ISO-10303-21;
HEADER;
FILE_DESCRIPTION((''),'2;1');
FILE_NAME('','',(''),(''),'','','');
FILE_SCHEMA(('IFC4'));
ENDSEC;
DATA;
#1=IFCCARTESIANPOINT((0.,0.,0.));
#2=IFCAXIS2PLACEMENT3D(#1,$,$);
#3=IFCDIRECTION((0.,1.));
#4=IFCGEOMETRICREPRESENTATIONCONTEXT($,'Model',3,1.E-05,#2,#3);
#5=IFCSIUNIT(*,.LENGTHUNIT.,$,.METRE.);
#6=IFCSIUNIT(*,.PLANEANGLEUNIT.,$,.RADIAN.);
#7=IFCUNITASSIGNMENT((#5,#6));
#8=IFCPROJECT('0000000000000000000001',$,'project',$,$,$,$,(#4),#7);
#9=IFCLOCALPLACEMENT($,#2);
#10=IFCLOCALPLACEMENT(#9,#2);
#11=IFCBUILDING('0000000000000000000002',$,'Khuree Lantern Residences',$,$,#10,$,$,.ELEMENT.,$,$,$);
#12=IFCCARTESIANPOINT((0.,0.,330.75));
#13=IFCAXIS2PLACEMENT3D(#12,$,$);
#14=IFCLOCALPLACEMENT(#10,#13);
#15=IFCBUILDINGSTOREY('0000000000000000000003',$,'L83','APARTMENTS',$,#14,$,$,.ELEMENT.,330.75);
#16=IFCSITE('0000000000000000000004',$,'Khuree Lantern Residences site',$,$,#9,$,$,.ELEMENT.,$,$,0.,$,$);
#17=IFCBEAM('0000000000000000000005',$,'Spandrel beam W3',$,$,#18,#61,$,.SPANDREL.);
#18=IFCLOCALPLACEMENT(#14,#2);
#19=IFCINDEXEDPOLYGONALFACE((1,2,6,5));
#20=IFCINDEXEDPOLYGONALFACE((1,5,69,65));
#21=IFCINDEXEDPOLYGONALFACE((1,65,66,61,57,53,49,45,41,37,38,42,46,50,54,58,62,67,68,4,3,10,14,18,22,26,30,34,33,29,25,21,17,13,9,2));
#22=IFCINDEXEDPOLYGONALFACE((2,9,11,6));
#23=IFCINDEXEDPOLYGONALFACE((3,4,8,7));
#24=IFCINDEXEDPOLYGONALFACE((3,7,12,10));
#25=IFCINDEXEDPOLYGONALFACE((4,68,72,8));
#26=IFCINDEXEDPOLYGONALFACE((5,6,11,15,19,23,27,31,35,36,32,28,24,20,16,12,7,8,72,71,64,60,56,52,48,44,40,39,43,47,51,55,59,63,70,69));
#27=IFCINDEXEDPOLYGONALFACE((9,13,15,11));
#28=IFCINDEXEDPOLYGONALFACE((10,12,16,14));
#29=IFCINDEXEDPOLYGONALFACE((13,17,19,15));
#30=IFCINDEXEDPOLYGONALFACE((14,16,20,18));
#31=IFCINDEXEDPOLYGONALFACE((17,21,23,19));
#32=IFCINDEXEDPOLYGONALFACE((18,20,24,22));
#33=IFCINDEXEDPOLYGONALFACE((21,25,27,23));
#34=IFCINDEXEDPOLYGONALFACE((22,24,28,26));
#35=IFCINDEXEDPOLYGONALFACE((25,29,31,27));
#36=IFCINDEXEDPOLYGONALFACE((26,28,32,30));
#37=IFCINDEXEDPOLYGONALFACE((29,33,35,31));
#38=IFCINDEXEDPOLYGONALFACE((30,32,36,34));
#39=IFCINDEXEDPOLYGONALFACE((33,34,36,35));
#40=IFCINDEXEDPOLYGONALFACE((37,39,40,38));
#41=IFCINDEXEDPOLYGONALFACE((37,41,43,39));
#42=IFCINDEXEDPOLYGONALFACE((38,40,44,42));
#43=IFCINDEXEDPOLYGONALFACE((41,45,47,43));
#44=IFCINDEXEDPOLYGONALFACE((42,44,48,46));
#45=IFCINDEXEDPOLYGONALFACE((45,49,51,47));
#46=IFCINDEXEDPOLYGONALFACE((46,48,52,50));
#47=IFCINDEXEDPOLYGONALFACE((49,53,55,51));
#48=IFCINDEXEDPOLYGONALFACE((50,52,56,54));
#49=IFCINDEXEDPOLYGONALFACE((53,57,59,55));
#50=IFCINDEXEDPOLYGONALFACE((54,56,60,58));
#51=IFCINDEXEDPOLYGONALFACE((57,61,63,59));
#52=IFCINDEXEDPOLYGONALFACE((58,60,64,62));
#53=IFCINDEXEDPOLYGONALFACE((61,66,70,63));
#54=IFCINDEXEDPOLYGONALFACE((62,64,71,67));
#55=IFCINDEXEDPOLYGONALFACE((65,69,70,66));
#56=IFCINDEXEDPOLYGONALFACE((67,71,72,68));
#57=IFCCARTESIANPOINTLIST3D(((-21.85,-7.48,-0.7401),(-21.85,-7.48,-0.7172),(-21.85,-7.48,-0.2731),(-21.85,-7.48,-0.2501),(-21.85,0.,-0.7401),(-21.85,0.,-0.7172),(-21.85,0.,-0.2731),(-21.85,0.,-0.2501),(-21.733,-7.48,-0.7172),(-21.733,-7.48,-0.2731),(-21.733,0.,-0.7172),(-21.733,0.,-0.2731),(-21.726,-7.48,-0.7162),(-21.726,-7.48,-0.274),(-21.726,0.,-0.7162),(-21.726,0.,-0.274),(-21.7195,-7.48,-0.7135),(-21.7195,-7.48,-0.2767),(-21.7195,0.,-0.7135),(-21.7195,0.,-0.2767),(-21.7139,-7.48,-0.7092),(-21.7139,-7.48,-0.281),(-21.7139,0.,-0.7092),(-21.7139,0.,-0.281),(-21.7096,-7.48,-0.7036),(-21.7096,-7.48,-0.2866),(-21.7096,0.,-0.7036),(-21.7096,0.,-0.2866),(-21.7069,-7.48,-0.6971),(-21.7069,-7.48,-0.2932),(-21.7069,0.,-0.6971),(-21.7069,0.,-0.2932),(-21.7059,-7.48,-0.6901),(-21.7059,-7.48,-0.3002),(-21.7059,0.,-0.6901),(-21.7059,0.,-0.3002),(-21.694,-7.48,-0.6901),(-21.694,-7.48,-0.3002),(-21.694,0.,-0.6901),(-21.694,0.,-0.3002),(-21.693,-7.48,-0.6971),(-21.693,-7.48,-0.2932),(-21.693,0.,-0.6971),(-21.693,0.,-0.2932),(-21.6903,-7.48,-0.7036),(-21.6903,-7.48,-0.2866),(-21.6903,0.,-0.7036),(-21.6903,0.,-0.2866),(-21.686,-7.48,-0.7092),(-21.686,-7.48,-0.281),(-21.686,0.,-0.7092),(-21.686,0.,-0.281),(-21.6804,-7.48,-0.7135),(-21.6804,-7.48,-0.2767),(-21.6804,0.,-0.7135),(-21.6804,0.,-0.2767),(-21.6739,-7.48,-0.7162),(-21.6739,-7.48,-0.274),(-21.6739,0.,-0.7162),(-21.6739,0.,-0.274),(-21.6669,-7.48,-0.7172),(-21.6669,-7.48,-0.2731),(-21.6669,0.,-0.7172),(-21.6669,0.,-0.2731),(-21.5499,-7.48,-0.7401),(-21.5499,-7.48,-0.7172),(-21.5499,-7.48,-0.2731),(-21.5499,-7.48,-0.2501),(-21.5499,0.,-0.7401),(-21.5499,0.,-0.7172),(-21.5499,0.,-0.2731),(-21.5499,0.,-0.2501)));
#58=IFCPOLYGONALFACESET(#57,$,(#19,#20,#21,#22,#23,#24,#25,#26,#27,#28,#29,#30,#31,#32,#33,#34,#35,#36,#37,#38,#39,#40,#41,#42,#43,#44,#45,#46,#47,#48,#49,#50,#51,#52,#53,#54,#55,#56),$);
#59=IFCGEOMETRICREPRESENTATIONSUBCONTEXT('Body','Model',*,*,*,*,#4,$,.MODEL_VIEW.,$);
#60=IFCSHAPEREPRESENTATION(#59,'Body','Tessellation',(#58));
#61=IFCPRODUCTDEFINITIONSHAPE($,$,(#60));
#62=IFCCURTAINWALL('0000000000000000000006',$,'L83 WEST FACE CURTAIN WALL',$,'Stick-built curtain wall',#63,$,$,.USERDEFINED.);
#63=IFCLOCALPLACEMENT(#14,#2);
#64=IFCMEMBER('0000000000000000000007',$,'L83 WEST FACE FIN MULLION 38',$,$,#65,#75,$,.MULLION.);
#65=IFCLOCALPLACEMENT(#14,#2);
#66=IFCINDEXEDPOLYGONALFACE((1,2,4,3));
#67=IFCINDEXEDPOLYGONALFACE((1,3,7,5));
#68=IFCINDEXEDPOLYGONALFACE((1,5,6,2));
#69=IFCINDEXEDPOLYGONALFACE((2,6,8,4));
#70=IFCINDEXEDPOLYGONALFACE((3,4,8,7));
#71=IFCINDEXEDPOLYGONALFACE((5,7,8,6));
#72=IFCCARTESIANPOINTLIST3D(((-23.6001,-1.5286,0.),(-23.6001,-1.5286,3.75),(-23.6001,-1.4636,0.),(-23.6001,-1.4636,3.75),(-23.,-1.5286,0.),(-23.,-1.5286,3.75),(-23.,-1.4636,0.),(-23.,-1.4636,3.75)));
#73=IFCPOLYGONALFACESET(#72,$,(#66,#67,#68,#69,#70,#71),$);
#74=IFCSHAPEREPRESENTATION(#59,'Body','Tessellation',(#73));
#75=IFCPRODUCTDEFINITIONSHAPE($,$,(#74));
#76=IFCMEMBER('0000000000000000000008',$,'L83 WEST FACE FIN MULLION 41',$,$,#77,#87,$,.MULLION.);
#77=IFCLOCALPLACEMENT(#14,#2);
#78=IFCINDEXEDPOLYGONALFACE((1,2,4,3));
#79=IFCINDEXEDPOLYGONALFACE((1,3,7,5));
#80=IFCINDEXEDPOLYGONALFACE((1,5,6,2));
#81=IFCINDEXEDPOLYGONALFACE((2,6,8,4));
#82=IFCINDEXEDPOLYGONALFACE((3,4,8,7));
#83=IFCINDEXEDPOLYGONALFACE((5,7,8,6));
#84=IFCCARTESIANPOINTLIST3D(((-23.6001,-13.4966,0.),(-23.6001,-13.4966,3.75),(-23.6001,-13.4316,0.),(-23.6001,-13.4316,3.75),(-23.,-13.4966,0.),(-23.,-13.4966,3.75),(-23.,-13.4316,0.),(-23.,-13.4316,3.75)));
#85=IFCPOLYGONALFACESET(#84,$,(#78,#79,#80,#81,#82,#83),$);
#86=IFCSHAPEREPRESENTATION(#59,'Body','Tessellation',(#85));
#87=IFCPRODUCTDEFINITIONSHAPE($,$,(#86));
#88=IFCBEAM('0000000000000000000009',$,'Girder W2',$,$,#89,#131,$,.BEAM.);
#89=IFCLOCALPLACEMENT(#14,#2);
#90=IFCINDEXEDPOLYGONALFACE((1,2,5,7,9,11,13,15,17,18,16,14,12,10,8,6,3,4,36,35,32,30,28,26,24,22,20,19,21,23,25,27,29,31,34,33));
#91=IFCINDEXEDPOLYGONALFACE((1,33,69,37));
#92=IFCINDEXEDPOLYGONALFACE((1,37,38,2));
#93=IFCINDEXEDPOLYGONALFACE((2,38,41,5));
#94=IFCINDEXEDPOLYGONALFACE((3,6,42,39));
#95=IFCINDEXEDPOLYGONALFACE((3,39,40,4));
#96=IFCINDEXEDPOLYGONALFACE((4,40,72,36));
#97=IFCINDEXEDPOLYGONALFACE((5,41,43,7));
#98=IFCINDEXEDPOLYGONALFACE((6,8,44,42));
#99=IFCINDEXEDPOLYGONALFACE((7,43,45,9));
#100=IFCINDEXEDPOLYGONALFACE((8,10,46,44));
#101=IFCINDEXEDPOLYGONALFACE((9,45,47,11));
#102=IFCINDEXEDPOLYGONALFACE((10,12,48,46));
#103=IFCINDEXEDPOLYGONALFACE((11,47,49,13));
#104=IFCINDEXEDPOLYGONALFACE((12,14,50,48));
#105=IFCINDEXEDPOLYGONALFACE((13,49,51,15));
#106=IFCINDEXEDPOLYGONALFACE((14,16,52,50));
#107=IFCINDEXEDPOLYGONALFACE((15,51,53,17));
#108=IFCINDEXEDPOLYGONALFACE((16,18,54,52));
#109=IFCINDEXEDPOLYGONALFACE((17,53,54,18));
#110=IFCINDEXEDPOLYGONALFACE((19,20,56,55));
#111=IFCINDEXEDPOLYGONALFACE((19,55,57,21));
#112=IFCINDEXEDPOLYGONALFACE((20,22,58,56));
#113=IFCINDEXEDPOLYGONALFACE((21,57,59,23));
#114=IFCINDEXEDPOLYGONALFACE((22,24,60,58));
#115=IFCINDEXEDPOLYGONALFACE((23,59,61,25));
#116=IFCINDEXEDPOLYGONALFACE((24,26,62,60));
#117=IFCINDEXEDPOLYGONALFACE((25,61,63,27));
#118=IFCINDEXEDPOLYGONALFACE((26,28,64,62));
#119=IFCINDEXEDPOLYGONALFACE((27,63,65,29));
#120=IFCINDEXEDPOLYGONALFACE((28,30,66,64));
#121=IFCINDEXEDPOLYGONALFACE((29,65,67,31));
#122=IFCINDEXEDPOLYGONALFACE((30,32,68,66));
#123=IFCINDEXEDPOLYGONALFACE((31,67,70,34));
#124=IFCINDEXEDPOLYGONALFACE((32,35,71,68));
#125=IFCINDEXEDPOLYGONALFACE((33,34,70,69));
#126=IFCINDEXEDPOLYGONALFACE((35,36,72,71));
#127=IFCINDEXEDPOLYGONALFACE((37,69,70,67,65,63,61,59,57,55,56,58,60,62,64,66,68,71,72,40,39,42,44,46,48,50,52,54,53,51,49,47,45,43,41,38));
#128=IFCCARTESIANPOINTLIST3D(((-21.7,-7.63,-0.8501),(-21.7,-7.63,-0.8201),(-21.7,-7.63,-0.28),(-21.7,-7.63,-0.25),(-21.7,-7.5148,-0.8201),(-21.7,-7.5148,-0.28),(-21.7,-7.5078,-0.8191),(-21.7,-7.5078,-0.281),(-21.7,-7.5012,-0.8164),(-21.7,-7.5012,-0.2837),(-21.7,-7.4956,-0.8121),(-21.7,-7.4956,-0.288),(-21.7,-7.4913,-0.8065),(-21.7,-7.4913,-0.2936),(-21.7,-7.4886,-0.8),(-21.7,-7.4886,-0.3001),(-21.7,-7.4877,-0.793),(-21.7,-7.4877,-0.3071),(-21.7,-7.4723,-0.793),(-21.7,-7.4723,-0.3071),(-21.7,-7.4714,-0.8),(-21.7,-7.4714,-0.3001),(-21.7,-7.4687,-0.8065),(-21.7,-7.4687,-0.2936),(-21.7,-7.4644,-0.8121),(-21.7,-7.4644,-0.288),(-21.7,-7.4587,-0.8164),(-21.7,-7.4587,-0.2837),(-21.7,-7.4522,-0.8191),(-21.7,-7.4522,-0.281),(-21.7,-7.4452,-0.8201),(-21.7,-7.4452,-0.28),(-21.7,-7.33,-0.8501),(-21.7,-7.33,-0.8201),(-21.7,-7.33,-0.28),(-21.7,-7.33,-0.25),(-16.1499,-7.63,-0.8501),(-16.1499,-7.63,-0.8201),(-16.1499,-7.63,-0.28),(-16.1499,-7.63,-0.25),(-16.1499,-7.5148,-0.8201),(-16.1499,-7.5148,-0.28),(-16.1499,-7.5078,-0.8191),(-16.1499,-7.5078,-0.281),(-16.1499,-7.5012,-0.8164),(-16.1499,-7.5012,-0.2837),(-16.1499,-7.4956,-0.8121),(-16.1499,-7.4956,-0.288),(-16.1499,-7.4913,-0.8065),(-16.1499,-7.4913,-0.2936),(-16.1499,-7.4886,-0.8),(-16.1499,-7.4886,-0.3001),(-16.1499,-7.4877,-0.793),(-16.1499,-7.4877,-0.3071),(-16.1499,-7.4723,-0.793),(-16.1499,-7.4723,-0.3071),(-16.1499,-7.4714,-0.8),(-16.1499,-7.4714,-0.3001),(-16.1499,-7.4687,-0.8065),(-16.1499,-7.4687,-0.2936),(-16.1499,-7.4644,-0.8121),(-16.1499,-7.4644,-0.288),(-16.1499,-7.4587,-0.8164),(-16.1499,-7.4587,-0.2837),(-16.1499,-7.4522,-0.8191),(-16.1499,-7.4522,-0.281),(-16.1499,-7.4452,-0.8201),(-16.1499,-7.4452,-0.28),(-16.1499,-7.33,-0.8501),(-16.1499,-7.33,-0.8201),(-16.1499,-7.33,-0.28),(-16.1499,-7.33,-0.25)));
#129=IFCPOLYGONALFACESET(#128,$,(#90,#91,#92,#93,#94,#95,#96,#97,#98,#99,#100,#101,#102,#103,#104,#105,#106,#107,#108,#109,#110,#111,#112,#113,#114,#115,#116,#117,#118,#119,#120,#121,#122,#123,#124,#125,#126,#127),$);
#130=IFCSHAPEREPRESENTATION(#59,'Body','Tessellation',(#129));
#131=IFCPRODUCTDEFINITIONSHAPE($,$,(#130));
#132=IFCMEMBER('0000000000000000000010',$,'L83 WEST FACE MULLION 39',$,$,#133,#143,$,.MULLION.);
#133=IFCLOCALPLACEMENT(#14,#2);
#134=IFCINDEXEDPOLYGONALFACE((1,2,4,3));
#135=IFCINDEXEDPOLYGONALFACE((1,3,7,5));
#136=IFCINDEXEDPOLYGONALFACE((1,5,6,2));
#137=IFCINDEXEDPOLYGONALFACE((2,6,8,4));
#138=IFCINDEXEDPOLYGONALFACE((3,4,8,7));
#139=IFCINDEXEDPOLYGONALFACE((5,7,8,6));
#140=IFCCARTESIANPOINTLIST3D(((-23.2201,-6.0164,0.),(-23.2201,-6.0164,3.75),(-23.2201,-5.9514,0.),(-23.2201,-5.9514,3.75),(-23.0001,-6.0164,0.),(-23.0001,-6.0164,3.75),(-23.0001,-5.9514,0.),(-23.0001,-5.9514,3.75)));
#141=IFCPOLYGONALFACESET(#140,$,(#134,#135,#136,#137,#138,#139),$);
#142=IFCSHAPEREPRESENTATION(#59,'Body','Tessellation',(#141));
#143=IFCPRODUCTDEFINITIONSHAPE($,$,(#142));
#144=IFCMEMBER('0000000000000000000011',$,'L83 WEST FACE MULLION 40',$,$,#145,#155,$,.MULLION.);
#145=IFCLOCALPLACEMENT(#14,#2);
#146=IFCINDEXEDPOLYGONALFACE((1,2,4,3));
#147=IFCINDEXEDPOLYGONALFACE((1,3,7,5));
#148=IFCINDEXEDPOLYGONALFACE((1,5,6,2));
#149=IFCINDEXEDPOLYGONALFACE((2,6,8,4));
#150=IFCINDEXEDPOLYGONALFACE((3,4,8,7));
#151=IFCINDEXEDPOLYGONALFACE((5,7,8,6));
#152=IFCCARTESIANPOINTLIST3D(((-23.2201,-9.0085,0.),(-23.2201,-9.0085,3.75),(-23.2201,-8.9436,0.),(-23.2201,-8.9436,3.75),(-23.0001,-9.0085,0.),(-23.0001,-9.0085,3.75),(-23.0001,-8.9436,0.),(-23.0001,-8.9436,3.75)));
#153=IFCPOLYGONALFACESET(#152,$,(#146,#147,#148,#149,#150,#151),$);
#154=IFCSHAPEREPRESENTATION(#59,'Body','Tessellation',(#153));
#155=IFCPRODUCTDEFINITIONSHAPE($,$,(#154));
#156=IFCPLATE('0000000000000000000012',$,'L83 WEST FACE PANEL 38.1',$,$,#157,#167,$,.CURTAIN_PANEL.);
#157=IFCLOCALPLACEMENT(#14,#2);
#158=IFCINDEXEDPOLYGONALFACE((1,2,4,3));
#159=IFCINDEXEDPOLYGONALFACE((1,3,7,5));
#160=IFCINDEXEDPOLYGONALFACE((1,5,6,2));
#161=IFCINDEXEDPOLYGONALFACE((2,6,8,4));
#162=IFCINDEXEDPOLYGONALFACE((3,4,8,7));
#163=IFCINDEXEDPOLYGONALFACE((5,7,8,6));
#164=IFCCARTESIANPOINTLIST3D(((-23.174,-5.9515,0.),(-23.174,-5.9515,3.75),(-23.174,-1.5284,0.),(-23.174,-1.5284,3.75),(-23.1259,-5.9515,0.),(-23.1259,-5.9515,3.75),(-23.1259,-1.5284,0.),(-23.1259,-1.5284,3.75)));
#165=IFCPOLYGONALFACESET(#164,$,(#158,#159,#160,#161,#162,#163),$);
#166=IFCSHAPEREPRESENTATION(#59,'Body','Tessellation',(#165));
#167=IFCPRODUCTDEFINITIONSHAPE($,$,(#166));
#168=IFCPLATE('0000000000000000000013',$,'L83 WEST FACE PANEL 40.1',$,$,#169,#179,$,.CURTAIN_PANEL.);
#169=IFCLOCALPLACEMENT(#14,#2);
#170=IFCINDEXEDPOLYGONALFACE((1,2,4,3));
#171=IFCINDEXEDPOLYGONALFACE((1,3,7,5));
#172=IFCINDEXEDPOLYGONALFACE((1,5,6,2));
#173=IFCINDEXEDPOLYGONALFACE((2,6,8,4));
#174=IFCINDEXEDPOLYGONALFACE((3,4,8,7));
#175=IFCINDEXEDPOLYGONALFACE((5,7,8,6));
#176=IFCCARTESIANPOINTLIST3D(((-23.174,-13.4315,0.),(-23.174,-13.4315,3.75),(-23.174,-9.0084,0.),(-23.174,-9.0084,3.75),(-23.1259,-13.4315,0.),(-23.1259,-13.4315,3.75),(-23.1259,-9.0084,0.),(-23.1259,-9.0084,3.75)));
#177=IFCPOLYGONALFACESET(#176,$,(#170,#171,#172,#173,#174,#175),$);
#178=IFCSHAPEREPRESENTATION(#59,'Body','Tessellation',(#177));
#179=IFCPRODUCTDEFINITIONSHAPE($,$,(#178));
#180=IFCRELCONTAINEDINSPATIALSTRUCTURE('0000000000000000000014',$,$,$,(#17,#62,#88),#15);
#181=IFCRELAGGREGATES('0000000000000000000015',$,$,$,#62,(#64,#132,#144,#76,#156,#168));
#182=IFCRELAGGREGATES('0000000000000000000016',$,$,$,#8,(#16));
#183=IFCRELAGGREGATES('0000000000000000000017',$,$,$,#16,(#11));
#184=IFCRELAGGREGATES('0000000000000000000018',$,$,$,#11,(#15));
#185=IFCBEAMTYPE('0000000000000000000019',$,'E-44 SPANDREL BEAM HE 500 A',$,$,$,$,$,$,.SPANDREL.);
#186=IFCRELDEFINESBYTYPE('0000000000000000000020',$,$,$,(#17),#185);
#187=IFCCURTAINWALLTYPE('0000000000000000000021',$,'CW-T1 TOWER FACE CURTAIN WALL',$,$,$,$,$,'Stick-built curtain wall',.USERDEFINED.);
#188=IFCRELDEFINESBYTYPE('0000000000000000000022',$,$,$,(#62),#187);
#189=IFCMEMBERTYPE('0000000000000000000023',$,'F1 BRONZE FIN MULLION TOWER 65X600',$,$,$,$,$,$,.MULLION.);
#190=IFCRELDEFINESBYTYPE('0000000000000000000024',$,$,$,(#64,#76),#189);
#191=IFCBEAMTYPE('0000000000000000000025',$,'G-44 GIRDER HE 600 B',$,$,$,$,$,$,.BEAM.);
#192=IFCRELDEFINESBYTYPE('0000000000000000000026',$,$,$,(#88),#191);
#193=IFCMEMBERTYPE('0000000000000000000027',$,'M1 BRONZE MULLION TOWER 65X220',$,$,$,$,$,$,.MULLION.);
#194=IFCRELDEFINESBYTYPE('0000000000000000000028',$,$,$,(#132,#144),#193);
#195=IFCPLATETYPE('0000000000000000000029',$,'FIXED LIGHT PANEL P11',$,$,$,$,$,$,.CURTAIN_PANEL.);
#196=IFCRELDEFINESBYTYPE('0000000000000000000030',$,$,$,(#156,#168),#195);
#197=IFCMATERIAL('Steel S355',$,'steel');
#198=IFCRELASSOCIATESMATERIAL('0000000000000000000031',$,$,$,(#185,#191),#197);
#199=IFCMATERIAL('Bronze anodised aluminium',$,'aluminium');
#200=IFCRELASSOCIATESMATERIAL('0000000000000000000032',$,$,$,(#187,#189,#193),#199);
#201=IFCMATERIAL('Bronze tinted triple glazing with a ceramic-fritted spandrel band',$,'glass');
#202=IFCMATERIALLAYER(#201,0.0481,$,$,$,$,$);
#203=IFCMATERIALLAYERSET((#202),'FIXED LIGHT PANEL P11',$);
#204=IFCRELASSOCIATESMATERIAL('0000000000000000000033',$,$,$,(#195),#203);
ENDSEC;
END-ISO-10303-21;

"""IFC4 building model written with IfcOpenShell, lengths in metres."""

from ifc_helpers import new_model, si_unit, direction, frame, origin, origin_2d, place, context, subcontext, project, spatial, rectangle, i_section, extrude, material, layer, layer_set, material_profile, profile_set, type_object, element, aggregate, save


model = new_model("IFC4")

# Units and contexts
model_context = context("Model", 3, precision=1e-05, world=origin(), true_north=direction((0.0, 1.0)))
body_context = subcontext(model_context, "Body", "Model", "MODEL_VIEW")
ifc_project = project(units=[si_unit("LENGTHUNIT", "METRE"), si_unit("PLANEANGLEUNIT", "RADIAN")], contexts=[model_context])

# Site, building, storey
site_placement = place(None, origin())
site = spatial("IfcSite", under=ifc_project, at=site_placement, Name="Khuree Lantern Residences site", CompositionType="ELEMENT", RefElevation=0.0)
building_placement = place(site_placement, origin())
building = spatial("IfcBuilding", under=site, at=building_placement, Name="Khuree Lantern Residences", CompositionType="ELEMENT")
storey_placement = place(building_placement, frame((0.0, 0.0, 330.75)))
storey = spatial("IfcBuildingStorey", under=building, at=storey_placement, Name="L83", Description="APARTMENTS", CompositionType="ELEMENT", Elevation=330.75)

# Beam
ifc_material_1 = material(Name="Steel S355", Category="steel")
ifc_material_profile_1 = material_profile(ifc_material_1, i_section(OverallWidth=0.3, OverallDepth=0.49, WebThickness=0.012, FlangeThickness=0.0229, FilletRadius=0.0271, at=origin_2d()), Name="HE 500 A")
ifc_profile_set_1 = profile_set([ifc_material_profile_1], Name="Steel S355")
beam_type_1 = type_object("IfcBeamType", Name="E-44 SPANDREL BEAM HE 500 A", PredefinedType="SPANDREL", material=ifc_profile_set_1)
for number, where, z_axis, x_axis, name in (
    (1, (-21.7, -7.48, -0.4951), (0.0, 1.0, 0.0), (-1.0, 0.0, 0.0), "Spandrel beam W3"),
):
    element("IfcBeam", number, at=place(storey_placement, frame(where, z_axis=z_axis, x_axis=x_axis)), inside=storey, type_object=beam_type_1, Name=name, PredefinedType="SPANDREL", context=body_context, shape_type="SweptSolid", body=[
        extrude(i_section(OverallWidth=0.3, OverallDepth=0.49, WebThickness=0.012, FlangeThickness=0.0229, FilletRadius=0.0271, at=origin_2d()), origin(), (0.0, 0.0, 1.0), 7.48),
    ])

# Curtain wall, members
ifc_material_2 = material(Name="Bronze anodised aluminium", Category="aluminium")
curtain_wall_type = type_object("IfcCurtainWallType", Name="CW-T1 TOWER FACE CURTAIN WALL", ElementType="Stick-built curtain wall", PredefinedType="USERDEFINED", material=ifc_material_2)
curtain_wall_placement = place(storey_placement, origin())
curtain_wall = element("IfcCurtainWall", 2, at=curtain_wall_placement, inside=storey, type_object=curtain_wall_type, Name="L83 WEST FACE CURTAIN WALL", ObjectType="Stick-built curtain wall", PredefinedType="USERDEFINED")
ifc_material_profile_2 = material_profile(ifc_material_2, rectangle(XDim=0.0649, YDim=0.6001, at=origin_2d()), Name="F1 65X600")
ifc_profile_set_2 = profile_set([ifc_material_profile_2], Name="Bronze anodised aluminium")
member_type_1 = type_object("IfcMemberType", Name="F1 BRONZE FIN MULLION TOWER 65X600", PredefinedType="MULLION", material=ifc_profile_set_2)
member_1_placement = place(storey_placement, frame((-23.3, -1.4961, 0.0), z_axis=(0.0, 0.0, 1.0), x_axis=(0.0, -1.0, 0.0)))
member_1 = element("IfcMember", 3, at=member_1_placement, type_object=member_type_1, Name="L83 WEST FACE FIN MULLION 38", PredefinedType="MULLION", context=body_context, shape_type="SweptSolid", body=[
    extrude(rectangle(XDim=0.0649, YDim=0.6001, at=origin_2d()), origin(), (0.0, 0.0, 1.0), 3.75),
])
member_2_placement = place(storey_placement, frame((-23.3, -13.4641, 0.0), z_axis=(0.0, 0.0, 1.0), x_axis=(0.0, -1.0, 0.0)))
member_2 = element("IfcMember", 4, at=member_2_placement, type_object=member_type_1, Name="L83 WEST FACE FIN MULLION 41", PredefinedType="MULLION", context=body_context, shape_type="SweptSolid", body=[
    extrude(rectangle(XDim=0.0649, YDim=0.6001, at=origin_2d()), origin(), (0.0, 0.0, 1.0), 3.75),
])

# Beam
ifc_material_profile_3 = material_profile(ifc_material_1, i_section(OverallWidth=0.3, OverallDepth=0.6001, WebThickness=0.0154, FlangeThickness=0.03, FilletRadius=0.0271, at=origin_2d()), Name="HE 600 B")
ifc_profile_set_3 = profile_set([ifc_material_profile_3], Name="Steel S355")
beam_type_2 = type_object("IfcBeamType", Name="G-44 GIRDER HE 600 B", PredefinedType="BEAM", material=ifc_profile_set_3)
beam_placement = place(storey_placement, frame((-21.7, -7.48, -0.55), z_axis=(1.0, 0.0, 0.0), x_axis=(0.0, 1.0, 0.0)))
element("IfcBeam", 5, at=beam_placement, inside=storey, type_object=beam_type_2, Name="Girder W2", PredefinedType="BEAM", context=body_context, shape_type="SweptSolid", body=[
    extrude(i_section(OverallWidth=0.3, OverallDepth=0.6001, WebThickness=0.0154, FlangeThickness=0.03, FilletRadius=0.0271, at=origin_2d()), origin(), (0.0, 0.0, 1.0), 5.55),
])

# Members
ifc_material_profile_4 = material_profile(ifc_material_2, rectangle(XDim=0.0649, YDim=0.22, at=origin_2d()), Name="M1 65X220")
ifc_profile_set_4 = profile_set([ifc_material_profile_4], Name="Bronze anodised aluminium")
member_type_2 = type_object("IfcMemberType", Name="M1 BRONZE MULLION TOWER 65X220", PredefinedType="MULLION", material=ifc_profile_set_4)
member_3_placement = place(storey_placement, frame((-23.1101, -5.9839, 0.0), z_axis=(0.0, 0.0, 1.0), x_axis=(0.0, -1.0, 0.0)))
member_3 = element("IfcMember", 6, at=member_3_placement, type_object=member_type_2, Name="L83 WEST FACE MULLION 39", PredefinedType="MULLION", context=body_context, shape_type="SweptSolid", body=[
    extrude(rectangle(XDim=0.0649, YDim=0.22, at=origin_2d()), origin(), (0.0, 0.0, 1.0), 3.75),
])
member_4_placement = place(storey_placement, frame((-23.1101, -8.9761, 0.0), z_axis=(0.0, 0.0, 1.0), x_axis=(0.0, -1.0, 0.0)))
member_4 = element("IfcMember", 7, at=member_4_placement, type_object=member_type_2, Name="L83 WEST FACE MULLION 40", PredefinedType="MULLION", context=body_context, shape_type="SweptSolid", body=[
    extrude(rectangle(XDim=0.0649, YDim=0.22, at=origin_2d()), origin(), (0.0, 0.0, 1.0), 3.75),
])

# Plates
ifc_material_3 = material(Name="Bronze tinted triple glazing with a ceramic-fritted spandrel band", Category="glass")
ifc_layer_1 = layer(ifc_material_3, 0.0481)
ifc_layer_set_1 = layer_set([ifc_layer_1], Name="FIXED LIGHT PANEL P11")
plate_type_1 = type_object("IfcPlateType", Name="FIXED LIGHT PANEL P11", PredefinedType="CURTAIN_PANEL", material=ifc_layer_set_1)
plate_1_placement = place(storey_placement, frame((-23.1499, -3.74, 0.0), z_axis=(0.0, 0.0, 1.0), x_axis=(0.0, -1.0, 0.0)))
plate_1 = element("IfcPlate", 8, at=plate_1_placement, type_object=plate_type_1, Name="L83 WEST FACE PANEL 38.1", PredefinedType="CURTAIN_PANEL", context=body_context, shape_type="SweptSolid", body=[
    extrude(rectangle(XDim=4.4231, YDim=0.0481, at=origin_2d()), origin(), (0.0, 0.0, 1.0), 3.75),
])
plate_2_placement = place(storey_placement, frame((-23.1499, -11.22, 0.0), z_axis=(0.0, 0.0, 1.0), x_axis=(0.0, -1.0, 0.0)))
plate_2 = element("IfcPlate", 9, at=plate_2_placement, type_object=plate_type_1, Name="L83 WEST FACE PANEL 40.1", PredefinedType="CURTAIN_PANEL", context=body_context, shape_type="SweptSolid", body=[
    extrude(rectangle(XDim=4.4231, YDim=0.0481, at=origin_2d()), origin(), (0.0, 0.0, 1.0), 3.75),
])
aggregate(curtain_wall, [member_1, member_3, member_4, member_2, plate_1, plate_2])

save(model, "model.ifc")
